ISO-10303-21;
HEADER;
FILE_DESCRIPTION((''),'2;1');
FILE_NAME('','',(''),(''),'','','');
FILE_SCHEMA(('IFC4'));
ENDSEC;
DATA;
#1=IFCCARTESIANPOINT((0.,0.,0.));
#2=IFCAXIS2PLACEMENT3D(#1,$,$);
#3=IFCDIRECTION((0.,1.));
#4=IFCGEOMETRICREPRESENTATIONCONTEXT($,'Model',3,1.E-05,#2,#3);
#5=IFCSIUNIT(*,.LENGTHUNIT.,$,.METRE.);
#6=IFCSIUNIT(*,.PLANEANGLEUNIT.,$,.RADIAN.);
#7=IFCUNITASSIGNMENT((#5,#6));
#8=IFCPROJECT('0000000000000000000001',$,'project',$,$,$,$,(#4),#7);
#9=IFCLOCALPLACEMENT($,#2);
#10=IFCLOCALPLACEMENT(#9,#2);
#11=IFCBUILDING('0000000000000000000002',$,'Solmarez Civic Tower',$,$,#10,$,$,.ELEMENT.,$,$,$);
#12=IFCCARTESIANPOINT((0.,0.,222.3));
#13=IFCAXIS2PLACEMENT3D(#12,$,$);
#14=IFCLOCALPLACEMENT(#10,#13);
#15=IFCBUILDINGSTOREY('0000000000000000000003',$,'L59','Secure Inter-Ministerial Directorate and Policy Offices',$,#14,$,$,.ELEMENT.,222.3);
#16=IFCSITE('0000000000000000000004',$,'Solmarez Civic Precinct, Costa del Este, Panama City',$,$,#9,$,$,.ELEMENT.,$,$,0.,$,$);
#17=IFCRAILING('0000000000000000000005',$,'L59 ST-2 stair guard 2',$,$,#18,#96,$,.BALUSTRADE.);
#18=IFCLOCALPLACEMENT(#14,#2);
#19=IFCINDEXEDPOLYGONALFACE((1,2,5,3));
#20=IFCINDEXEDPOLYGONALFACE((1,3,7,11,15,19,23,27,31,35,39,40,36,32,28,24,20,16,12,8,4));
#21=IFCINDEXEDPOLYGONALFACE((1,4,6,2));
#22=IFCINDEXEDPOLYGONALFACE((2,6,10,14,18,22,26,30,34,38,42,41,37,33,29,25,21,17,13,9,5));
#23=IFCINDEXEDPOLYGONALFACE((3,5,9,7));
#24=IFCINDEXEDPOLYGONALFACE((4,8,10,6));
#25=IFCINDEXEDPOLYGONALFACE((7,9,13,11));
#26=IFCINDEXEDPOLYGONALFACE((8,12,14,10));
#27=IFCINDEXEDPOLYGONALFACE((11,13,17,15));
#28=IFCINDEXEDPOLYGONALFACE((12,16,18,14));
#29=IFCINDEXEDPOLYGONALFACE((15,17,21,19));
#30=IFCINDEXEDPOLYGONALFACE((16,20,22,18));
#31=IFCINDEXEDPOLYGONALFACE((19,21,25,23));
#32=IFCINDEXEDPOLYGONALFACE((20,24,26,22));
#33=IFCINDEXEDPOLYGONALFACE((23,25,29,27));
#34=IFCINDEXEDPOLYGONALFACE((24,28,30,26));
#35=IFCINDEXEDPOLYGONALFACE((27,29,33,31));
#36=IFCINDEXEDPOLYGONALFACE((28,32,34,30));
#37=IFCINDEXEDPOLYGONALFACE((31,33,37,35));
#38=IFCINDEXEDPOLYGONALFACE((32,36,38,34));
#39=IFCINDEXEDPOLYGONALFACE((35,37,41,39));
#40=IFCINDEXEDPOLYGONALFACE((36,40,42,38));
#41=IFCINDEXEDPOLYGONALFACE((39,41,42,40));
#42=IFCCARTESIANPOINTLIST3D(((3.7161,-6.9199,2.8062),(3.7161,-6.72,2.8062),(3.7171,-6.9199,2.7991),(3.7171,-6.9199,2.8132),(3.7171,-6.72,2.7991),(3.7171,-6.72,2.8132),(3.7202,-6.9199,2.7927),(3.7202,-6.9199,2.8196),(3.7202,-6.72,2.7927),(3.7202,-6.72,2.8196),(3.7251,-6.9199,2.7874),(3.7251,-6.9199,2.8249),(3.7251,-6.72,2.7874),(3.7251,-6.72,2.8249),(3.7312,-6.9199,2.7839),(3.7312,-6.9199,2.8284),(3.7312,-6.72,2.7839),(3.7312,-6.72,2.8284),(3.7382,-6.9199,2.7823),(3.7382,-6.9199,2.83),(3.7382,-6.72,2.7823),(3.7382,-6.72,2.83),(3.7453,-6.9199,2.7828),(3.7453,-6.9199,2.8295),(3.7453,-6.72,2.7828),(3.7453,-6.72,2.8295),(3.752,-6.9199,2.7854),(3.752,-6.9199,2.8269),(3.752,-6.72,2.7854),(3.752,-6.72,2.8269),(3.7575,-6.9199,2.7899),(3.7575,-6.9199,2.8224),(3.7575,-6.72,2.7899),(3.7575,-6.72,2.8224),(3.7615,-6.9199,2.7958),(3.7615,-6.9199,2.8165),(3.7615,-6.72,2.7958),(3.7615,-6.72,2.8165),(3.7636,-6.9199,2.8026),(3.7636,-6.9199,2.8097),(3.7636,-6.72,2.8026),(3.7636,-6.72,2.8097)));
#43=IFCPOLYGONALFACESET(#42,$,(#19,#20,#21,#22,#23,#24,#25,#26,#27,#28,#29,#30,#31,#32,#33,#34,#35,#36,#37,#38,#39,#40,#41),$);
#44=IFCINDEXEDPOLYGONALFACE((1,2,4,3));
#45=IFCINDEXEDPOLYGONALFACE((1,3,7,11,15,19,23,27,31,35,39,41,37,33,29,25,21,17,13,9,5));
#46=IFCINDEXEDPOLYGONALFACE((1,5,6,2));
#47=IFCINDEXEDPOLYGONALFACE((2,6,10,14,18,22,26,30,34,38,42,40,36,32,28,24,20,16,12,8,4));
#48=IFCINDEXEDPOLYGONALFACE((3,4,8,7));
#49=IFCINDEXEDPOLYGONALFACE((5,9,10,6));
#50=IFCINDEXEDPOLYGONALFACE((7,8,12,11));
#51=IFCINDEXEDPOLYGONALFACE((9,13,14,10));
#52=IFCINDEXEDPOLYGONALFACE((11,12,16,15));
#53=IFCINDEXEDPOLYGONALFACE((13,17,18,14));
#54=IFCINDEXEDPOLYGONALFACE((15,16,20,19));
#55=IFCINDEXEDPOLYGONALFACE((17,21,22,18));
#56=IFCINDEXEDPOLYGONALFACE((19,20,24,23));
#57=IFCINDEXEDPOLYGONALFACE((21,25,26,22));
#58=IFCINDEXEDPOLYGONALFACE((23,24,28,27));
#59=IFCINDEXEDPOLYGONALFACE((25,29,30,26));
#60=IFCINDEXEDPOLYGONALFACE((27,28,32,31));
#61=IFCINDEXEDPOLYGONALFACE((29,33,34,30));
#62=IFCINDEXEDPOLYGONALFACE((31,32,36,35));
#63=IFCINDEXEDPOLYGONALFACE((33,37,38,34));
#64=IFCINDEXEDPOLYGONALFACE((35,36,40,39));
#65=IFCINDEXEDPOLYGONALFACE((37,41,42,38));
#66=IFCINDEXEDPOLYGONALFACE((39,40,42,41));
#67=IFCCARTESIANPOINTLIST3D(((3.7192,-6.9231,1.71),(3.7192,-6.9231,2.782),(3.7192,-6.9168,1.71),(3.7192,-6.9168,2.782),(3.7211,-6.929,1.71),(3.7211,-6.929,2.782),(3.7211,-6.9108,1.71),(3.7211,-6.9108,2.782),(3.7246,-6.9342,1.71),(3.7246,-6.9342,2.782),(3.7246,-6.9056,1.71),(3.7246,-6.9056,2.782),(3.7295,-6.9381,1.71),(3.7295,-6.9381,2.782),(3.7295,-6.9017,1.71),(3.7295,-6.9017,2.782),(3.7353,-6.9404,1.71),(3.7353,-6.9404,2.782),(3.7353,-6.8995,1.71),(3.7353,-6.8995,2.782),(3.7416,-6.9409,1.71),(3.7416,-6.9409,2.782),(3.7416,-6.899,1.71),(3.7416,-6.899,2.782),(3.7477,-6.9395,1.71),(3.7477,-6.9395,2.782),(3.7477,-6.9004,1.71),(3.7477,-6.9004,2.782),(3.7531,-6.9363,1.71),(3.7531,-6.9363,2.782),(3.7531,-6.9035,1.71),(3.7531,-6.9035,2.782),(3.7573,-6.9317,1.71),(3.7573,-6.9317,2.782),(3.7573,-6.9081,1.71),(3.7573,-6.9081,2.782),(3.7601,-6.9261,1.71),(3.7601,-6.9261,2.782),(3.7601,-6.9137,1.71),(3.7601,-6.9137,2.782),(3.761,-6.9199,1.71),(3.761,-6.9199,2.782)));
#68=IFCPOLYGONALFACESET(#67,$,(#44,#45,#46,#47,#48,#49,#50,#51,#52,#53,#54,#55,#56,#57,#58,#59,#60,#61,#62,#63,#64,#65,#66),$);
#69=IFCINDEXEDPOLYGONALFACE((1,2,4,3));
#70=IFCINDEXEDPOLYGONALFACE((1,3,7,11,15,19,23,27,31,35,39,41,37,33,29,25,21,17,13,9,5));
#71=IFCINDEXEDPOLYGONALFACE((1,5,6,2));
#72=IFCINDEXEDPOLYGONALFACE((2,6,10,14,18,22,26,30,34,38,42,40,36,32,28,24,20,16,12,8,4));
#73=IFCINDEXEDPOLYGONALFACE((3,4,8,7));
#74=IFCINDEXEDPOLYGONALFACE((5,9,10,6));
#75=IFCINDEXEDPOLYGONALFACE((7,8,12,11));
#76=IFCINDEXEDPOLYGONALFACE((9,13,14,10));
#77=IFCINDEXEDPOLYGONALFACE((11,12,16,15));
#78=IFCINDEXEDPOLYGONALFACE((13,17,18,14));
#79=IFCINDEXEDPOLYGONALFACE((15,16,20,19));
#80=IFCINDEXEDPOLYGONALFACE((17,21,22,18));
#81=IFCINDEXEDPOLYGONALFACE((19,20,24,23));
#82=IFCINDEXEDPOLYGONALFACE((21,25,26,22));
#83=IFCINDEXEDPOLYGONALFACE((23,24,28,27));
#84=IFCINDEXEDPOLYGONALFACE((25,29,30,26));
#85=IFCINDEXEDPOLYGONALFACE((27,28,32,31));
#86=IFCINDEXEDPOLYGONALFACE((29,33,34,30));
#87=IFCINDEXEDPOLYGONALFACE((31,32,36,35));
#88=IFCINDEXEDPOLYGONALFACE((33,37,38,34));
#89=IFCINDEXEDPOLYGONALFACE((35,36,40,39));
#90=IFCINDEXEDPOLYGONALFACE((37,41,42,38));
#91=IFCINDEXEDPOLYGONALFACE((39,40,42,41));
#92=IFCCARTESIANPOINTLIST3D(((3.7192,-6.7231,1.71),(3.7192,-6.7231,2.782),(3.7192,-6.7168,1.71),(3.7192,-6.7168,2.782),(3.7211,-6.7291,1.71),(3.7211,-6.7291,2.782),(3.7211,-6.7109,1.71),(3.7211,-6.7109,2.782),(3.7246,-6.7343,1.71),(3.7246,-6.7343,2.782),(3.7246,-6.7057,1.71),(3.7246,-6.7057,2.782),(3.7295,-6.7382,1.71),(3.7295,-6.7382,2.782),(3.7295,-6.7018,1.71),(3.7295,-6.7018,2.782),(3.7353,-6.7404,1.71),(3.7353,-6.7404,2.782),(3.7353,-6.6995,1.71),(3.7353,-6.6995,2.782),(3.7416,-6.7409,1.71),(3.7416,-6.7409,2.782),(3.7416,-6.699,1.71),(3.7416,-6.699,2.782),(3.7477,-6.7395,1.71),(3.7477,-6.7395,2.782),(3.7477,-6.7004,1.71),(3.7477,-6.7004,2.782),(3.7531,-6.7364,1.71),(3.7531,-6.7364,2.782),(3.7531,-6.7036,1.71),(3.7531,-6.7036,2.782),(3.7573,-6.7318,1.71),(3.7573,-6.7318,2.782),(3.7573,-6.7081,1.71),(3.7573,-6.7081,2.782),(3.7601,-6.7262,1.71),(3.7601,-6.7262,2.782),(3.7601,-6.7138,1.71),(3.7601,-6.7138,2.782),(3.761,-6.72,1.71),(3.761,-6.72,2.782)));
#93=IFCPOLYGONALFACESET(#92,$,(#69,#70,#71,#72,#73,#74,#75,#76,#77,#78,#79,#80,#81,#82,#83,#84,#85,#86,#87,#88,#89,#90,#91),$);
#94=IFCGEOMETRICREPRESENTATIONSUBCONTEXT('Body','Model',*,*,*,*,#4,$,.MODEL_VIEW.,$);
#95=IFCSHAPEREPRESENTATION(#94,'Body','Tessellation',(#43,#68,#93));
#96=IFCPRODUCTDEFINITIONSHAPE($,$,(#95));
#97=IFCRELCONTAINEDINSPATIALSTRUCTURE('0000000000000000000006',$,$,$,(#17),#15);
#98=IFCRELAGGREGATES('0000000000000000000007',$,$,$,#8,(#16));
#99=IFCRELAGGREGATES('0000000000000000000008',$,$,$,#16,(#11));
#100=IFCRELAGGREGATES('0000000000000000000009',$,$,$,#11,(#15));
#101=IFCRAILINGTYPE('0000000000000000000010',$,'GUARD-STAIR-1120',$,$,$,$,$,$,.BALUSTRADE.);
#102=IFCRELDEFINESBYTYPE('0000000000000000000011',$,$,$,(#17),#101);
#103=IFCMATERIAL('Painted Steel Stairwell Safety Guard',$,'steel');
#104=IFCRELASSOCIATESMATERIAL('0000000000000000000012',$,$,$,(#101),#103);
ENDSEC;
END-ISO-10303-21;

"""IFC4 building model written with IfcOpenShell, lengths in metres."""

from ifc_helpers import new_model, si_unit, direction, frame, origin, origin_2d, place, context, subcontext, project, spatial, circle, extrude, material, type_object, element, save


model = new_model("IFC4")

# Units and contexts
model_context = context("Model", 3, precision=1e-05, world=origin(), true_north=direction((0.0, 1.0)))
body_context = subcontext(model_context, "Body", "Model", "MODEL_VIEW")
ifc_project = project(units=[si_unit("LENGTHUNIT", "METRE"), si_unit("PLANEANGLEUNIT", "RADIAN")], contexts=[model_context])

# Site, building, storey
site_placement = place(None, origin())
site = spatial("IfcSite", under=ifc_project, at=site_placement, Name="Solmarez Civic Precinct, Costa del Este, Panama City", CompositionType="ELEMENT", RefElevation=0.0)
building_placement = place(site_placement, origin())
building = spatial("IfcBuilding", under=site, at=building_placement, Name="Solmarez Civic Tower", CompositionType="ELEMENT")
storey_placement = place(building_placement, frame((0.0, 0.0, 222.3)))
storey = spatial("IfcBuildingStorey", under=building, at=storey_placement, Name="L59", Description="Secure Inter-Ministerial Directorate and Policy Offices", CompositionType="ELEMENT", Elevation=222.3)

# Railing
ifc_material_1 = material(Name="Painted Steel Stairwell Safety Guard", Category="steel")
railing_type_1 = type_object("IfcRailingType", Name="GUARD-STAIR-1120", PredefinedType="BALUSTRADE", material=ifc_material_1)
railing_1_placement = place(storey_placement, frame((3.74, -6.9199, 1.71)))
element("IfcRailing", 1, at=railing_1_placement, inside=storey, type_object=railing_type_1, Name="L59 ST-2 stair guard 2", PredefinedType="BALUSTRADE", context=body_context, shape_type="SweptSolid", body=[
    extrude(circle(Radius=0.0239, at=origin_2d()), frame((0.0, 0.0, 1.0962), z_axis=(0.0, 1.0, 0.0), x_axis=(-1.0, 0.0, 0.0)), (0.0, 0.0, 1.0), 0.2),
    extrude(circle(Radius=0.021, at=origin_2d()), origin(), (0.0, 0.0, 1.0), 1.072),
    extrude(circle(Radius=0.021, at=origin_2d()), frame((0.0, 0.2, 0.0)), (0.0, 0.0, 1.0), 1.072),
])

save(model, "model.ifc")
